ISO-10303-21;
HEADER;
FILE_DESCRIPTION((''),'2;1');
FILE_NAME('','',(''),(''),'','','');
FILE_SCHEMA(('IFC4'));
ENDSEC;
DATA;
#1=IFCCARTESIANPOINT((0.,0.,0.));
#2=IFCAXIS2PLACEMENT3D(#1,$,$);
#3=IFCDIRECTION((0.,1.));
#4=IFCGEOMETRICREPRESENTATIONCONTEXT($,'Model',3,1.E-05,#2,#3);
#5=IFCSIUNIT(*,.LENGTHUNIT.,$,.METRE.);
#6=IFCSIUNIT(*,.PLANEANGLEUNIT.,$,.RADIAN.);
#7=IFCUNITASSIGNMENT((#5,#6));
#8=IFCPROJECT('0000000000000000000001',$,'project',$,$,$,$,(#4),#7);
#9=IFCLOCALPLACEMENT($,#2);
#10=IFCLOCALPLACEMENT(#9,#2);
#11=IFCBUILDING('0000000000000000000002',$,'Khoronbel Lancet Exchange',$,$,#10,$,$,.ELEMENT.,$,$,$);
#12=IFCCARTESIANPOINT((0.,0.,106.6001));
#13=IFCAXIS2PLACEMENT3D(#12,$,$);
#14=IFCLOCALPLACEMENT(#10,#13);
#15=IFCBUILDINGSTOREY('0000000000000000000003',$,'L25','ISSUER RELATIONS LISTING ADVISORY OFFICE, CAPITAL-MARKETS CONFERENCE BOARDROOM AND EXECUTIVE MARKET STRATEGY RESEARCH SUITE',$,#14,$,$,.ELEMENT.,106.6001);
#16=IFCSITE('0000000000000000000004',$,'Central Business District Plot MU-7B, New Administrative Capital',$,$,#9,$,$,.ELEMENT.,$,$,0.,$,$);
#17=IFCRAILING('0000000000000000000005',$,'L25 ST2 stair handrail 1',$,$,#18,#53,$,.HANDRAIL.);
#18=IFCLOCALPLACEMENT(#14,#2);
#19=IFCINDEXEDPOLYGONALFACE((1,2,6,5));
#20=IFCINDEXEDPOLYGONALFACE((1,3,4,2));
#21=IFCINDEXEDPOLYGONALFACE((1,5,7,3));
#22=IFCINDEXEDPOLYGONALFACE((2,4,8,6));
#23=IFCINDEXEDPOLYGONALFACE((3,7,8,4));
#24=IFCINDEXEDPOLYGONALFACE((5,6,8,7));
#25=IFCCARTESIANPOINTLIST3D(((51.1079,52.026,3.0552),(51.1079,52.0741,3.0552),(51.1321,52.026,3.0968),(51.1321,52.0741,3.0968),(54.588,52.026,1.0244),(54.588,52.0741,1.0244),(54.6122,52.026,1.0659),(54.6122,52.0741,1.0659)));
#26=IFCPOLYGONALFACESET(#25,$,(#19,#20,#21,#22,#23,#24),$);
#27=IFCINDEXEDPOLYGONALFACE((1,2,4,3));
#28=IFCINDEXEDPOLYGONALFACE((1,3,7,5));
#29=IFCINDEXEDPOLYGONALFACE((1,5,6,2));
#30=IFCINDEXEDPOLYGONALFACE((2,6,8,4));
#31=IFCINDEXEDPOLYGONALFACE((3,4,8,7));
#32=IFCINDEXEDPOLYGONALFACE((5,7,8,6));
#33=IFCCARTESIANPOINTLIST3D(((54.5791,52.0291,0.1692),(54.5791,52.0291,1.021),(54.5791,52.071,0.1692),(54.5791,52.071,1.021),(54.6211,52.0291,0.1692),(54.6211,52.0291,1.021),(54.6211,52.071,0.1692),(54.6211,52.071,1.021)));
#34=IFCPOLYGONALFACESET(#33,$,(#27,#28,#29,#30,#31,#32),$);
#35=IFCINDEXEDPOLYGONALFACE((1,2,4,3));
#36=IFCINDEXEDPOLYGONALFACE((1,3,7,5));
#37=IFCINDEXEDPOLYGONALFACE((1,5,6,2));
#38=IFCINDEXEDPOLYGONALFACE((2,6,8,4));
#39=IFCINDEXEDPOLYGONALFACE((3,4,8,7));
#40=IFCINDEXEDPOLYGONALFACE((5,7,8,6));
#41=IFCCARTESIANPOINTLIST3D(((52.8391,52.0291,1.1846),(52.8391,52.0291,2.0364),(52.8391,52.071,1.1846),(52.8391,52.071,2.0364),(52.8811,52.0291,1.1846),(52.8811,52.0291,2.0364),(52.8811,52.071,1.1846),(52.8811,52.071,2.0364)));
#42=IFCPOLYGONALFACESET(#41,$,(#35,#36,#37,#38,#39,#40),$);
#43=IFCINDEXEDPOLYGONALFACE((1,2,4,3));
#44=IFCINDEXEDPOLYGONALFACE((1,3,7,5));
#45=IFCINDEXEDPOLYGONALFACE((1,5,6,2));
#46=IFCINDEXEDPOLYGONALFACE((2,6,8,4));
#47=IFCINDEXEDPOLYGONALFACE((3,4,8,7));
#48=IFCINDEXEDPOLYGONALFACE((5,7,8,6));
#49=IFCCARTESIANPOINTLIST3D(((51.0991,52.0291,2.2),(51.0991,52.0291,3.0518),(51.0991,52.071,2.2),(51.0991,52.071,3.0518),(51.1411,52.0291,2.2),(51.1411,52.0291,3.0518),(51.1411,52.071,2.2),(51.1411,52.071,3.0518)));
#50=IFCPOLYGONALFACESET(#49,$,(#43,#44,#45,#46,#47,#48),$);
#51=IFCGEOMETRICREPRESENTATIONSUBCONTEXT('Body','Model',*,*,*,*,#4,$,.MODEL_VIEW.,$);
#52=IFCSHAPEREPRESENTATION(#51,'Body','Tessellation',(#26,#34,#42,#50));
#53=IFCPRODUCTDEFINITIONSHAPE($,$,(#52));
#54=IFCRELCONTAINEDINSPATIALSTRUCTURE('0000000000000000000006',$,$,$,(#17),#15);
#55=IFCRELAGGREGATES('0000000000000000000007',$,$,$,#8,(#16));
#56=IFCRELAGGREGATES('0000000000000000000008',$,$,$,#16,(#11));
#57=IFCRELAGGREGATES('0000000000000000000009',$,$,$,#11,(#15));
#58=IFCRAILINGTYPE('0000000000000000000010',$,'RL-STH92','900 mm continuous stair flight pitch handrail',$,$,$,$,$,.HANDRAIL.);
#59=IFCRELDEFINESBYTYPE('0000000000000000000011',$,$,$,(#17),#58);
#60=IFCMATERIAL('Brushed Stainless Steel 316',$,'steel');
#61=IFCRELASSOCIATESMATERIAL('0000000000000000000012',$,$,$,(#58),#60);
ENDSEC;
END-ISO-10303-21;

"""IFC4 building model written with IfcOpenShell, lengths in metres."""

from ifc_helpers import new_model, si_unit, direction, frame, origin, origin_2d, place, context, subcontext, project, spatial, rectangle, extrude, material, type_object, element, save


model = new_model("IFC4")

# Units and contexts
model_context = context("Model", 3, precision=1e-05, world=origin(), true_north=direction((0.0, 1.0)))
body_context = subcontext(model_context, "Body", "Model", "MODEL_VIEW")
ifc_project = project(units=[si_unit("LENGTHUNIT", "METRE"), si_unit("PLANEANGLEUNIT", "RADIAN")], contexts=[model_context])

# Site, building, storey
site_placement = place(None, origin())
site = spatial("IfcSite", under=ifc_project, at=site_placement, Name="Central Business District Plot MU-7B, New Administrative Capital", CompositionType="ELEMENT", RefElevation=0.0)
building_placement = place(site_placement, origin())
building = spatial("IfcBuilding", under=site, at=building_placement, Name="Khoronbel Lancet Exchange", CompositionType="ELEMENT")
storey_placement = place(building_placement, frame((0.0, 0.0, 106.6001)))
storey = spatial("IfcBuildingStorey", under=building, at=storey_placement, Name="L25", Description="ISSUER RELATIONS LISTING ADVISORY OFFICE, CAPITAL-MARKETS CONFERENCE BOARDROOM AND EXECUTIVE MARKET STRATEGY RESEARCH SUITE", CompositionType="ELEMENT", Elevation=106.6001)

# Railing
ifc_material_1 = material(Name="Brushed Stainless Steel 316", Category="steel")
railing_type_1 = type_object("IfcRailingType", Name="RL-STH92", Description="900 mm continuous stair flight pitch handrail", PredefinedType="HANDRAIL", material=ifc_material_1)
railing_1_placement = place(storey_placement, frame((54.6001, 52.05, 0.1692)))
element("IfcRailing", 1, at=railing_1_placement, inside=storey, type_object=railing_type_1, Name="L25 ST2 stair handrail 1", PredefinedType="HANDRAIL", context=body_context, shape_type="SweptSolid", body=[
    extrude(rectangle(XDim=0.0481, YDim=0.0481, at=origin_2d()), frame((0.0, 0.0, 0.876), z_axis=(-0.863695, 0.0, 0.504014), x_axis=(0.0, -1.0, 0.0)), (0.0, 0.0, 1.0), 4.0293),
    extrude(rectangle(XDim=0.042, YDim=0.042, at=origin_2d()), origin(), (0.0, 0.0, 1.0), 0.8518),
    extrude(rectangle(XDim=0.042, YDim=0.042, at=origin_2d()), frame((-1.74, 0.0, 1.0154)), (0.0, 0.0, 1.0), 0.8518),
    extrude(rectangle(XDim=0.042, YDim=0.042, at=origin_2d()), frame((-3.48, 0.0, 2.0308)), (0.0, 0.0, 1.0), 0.8518),
])

save(model, "model.ifc")
